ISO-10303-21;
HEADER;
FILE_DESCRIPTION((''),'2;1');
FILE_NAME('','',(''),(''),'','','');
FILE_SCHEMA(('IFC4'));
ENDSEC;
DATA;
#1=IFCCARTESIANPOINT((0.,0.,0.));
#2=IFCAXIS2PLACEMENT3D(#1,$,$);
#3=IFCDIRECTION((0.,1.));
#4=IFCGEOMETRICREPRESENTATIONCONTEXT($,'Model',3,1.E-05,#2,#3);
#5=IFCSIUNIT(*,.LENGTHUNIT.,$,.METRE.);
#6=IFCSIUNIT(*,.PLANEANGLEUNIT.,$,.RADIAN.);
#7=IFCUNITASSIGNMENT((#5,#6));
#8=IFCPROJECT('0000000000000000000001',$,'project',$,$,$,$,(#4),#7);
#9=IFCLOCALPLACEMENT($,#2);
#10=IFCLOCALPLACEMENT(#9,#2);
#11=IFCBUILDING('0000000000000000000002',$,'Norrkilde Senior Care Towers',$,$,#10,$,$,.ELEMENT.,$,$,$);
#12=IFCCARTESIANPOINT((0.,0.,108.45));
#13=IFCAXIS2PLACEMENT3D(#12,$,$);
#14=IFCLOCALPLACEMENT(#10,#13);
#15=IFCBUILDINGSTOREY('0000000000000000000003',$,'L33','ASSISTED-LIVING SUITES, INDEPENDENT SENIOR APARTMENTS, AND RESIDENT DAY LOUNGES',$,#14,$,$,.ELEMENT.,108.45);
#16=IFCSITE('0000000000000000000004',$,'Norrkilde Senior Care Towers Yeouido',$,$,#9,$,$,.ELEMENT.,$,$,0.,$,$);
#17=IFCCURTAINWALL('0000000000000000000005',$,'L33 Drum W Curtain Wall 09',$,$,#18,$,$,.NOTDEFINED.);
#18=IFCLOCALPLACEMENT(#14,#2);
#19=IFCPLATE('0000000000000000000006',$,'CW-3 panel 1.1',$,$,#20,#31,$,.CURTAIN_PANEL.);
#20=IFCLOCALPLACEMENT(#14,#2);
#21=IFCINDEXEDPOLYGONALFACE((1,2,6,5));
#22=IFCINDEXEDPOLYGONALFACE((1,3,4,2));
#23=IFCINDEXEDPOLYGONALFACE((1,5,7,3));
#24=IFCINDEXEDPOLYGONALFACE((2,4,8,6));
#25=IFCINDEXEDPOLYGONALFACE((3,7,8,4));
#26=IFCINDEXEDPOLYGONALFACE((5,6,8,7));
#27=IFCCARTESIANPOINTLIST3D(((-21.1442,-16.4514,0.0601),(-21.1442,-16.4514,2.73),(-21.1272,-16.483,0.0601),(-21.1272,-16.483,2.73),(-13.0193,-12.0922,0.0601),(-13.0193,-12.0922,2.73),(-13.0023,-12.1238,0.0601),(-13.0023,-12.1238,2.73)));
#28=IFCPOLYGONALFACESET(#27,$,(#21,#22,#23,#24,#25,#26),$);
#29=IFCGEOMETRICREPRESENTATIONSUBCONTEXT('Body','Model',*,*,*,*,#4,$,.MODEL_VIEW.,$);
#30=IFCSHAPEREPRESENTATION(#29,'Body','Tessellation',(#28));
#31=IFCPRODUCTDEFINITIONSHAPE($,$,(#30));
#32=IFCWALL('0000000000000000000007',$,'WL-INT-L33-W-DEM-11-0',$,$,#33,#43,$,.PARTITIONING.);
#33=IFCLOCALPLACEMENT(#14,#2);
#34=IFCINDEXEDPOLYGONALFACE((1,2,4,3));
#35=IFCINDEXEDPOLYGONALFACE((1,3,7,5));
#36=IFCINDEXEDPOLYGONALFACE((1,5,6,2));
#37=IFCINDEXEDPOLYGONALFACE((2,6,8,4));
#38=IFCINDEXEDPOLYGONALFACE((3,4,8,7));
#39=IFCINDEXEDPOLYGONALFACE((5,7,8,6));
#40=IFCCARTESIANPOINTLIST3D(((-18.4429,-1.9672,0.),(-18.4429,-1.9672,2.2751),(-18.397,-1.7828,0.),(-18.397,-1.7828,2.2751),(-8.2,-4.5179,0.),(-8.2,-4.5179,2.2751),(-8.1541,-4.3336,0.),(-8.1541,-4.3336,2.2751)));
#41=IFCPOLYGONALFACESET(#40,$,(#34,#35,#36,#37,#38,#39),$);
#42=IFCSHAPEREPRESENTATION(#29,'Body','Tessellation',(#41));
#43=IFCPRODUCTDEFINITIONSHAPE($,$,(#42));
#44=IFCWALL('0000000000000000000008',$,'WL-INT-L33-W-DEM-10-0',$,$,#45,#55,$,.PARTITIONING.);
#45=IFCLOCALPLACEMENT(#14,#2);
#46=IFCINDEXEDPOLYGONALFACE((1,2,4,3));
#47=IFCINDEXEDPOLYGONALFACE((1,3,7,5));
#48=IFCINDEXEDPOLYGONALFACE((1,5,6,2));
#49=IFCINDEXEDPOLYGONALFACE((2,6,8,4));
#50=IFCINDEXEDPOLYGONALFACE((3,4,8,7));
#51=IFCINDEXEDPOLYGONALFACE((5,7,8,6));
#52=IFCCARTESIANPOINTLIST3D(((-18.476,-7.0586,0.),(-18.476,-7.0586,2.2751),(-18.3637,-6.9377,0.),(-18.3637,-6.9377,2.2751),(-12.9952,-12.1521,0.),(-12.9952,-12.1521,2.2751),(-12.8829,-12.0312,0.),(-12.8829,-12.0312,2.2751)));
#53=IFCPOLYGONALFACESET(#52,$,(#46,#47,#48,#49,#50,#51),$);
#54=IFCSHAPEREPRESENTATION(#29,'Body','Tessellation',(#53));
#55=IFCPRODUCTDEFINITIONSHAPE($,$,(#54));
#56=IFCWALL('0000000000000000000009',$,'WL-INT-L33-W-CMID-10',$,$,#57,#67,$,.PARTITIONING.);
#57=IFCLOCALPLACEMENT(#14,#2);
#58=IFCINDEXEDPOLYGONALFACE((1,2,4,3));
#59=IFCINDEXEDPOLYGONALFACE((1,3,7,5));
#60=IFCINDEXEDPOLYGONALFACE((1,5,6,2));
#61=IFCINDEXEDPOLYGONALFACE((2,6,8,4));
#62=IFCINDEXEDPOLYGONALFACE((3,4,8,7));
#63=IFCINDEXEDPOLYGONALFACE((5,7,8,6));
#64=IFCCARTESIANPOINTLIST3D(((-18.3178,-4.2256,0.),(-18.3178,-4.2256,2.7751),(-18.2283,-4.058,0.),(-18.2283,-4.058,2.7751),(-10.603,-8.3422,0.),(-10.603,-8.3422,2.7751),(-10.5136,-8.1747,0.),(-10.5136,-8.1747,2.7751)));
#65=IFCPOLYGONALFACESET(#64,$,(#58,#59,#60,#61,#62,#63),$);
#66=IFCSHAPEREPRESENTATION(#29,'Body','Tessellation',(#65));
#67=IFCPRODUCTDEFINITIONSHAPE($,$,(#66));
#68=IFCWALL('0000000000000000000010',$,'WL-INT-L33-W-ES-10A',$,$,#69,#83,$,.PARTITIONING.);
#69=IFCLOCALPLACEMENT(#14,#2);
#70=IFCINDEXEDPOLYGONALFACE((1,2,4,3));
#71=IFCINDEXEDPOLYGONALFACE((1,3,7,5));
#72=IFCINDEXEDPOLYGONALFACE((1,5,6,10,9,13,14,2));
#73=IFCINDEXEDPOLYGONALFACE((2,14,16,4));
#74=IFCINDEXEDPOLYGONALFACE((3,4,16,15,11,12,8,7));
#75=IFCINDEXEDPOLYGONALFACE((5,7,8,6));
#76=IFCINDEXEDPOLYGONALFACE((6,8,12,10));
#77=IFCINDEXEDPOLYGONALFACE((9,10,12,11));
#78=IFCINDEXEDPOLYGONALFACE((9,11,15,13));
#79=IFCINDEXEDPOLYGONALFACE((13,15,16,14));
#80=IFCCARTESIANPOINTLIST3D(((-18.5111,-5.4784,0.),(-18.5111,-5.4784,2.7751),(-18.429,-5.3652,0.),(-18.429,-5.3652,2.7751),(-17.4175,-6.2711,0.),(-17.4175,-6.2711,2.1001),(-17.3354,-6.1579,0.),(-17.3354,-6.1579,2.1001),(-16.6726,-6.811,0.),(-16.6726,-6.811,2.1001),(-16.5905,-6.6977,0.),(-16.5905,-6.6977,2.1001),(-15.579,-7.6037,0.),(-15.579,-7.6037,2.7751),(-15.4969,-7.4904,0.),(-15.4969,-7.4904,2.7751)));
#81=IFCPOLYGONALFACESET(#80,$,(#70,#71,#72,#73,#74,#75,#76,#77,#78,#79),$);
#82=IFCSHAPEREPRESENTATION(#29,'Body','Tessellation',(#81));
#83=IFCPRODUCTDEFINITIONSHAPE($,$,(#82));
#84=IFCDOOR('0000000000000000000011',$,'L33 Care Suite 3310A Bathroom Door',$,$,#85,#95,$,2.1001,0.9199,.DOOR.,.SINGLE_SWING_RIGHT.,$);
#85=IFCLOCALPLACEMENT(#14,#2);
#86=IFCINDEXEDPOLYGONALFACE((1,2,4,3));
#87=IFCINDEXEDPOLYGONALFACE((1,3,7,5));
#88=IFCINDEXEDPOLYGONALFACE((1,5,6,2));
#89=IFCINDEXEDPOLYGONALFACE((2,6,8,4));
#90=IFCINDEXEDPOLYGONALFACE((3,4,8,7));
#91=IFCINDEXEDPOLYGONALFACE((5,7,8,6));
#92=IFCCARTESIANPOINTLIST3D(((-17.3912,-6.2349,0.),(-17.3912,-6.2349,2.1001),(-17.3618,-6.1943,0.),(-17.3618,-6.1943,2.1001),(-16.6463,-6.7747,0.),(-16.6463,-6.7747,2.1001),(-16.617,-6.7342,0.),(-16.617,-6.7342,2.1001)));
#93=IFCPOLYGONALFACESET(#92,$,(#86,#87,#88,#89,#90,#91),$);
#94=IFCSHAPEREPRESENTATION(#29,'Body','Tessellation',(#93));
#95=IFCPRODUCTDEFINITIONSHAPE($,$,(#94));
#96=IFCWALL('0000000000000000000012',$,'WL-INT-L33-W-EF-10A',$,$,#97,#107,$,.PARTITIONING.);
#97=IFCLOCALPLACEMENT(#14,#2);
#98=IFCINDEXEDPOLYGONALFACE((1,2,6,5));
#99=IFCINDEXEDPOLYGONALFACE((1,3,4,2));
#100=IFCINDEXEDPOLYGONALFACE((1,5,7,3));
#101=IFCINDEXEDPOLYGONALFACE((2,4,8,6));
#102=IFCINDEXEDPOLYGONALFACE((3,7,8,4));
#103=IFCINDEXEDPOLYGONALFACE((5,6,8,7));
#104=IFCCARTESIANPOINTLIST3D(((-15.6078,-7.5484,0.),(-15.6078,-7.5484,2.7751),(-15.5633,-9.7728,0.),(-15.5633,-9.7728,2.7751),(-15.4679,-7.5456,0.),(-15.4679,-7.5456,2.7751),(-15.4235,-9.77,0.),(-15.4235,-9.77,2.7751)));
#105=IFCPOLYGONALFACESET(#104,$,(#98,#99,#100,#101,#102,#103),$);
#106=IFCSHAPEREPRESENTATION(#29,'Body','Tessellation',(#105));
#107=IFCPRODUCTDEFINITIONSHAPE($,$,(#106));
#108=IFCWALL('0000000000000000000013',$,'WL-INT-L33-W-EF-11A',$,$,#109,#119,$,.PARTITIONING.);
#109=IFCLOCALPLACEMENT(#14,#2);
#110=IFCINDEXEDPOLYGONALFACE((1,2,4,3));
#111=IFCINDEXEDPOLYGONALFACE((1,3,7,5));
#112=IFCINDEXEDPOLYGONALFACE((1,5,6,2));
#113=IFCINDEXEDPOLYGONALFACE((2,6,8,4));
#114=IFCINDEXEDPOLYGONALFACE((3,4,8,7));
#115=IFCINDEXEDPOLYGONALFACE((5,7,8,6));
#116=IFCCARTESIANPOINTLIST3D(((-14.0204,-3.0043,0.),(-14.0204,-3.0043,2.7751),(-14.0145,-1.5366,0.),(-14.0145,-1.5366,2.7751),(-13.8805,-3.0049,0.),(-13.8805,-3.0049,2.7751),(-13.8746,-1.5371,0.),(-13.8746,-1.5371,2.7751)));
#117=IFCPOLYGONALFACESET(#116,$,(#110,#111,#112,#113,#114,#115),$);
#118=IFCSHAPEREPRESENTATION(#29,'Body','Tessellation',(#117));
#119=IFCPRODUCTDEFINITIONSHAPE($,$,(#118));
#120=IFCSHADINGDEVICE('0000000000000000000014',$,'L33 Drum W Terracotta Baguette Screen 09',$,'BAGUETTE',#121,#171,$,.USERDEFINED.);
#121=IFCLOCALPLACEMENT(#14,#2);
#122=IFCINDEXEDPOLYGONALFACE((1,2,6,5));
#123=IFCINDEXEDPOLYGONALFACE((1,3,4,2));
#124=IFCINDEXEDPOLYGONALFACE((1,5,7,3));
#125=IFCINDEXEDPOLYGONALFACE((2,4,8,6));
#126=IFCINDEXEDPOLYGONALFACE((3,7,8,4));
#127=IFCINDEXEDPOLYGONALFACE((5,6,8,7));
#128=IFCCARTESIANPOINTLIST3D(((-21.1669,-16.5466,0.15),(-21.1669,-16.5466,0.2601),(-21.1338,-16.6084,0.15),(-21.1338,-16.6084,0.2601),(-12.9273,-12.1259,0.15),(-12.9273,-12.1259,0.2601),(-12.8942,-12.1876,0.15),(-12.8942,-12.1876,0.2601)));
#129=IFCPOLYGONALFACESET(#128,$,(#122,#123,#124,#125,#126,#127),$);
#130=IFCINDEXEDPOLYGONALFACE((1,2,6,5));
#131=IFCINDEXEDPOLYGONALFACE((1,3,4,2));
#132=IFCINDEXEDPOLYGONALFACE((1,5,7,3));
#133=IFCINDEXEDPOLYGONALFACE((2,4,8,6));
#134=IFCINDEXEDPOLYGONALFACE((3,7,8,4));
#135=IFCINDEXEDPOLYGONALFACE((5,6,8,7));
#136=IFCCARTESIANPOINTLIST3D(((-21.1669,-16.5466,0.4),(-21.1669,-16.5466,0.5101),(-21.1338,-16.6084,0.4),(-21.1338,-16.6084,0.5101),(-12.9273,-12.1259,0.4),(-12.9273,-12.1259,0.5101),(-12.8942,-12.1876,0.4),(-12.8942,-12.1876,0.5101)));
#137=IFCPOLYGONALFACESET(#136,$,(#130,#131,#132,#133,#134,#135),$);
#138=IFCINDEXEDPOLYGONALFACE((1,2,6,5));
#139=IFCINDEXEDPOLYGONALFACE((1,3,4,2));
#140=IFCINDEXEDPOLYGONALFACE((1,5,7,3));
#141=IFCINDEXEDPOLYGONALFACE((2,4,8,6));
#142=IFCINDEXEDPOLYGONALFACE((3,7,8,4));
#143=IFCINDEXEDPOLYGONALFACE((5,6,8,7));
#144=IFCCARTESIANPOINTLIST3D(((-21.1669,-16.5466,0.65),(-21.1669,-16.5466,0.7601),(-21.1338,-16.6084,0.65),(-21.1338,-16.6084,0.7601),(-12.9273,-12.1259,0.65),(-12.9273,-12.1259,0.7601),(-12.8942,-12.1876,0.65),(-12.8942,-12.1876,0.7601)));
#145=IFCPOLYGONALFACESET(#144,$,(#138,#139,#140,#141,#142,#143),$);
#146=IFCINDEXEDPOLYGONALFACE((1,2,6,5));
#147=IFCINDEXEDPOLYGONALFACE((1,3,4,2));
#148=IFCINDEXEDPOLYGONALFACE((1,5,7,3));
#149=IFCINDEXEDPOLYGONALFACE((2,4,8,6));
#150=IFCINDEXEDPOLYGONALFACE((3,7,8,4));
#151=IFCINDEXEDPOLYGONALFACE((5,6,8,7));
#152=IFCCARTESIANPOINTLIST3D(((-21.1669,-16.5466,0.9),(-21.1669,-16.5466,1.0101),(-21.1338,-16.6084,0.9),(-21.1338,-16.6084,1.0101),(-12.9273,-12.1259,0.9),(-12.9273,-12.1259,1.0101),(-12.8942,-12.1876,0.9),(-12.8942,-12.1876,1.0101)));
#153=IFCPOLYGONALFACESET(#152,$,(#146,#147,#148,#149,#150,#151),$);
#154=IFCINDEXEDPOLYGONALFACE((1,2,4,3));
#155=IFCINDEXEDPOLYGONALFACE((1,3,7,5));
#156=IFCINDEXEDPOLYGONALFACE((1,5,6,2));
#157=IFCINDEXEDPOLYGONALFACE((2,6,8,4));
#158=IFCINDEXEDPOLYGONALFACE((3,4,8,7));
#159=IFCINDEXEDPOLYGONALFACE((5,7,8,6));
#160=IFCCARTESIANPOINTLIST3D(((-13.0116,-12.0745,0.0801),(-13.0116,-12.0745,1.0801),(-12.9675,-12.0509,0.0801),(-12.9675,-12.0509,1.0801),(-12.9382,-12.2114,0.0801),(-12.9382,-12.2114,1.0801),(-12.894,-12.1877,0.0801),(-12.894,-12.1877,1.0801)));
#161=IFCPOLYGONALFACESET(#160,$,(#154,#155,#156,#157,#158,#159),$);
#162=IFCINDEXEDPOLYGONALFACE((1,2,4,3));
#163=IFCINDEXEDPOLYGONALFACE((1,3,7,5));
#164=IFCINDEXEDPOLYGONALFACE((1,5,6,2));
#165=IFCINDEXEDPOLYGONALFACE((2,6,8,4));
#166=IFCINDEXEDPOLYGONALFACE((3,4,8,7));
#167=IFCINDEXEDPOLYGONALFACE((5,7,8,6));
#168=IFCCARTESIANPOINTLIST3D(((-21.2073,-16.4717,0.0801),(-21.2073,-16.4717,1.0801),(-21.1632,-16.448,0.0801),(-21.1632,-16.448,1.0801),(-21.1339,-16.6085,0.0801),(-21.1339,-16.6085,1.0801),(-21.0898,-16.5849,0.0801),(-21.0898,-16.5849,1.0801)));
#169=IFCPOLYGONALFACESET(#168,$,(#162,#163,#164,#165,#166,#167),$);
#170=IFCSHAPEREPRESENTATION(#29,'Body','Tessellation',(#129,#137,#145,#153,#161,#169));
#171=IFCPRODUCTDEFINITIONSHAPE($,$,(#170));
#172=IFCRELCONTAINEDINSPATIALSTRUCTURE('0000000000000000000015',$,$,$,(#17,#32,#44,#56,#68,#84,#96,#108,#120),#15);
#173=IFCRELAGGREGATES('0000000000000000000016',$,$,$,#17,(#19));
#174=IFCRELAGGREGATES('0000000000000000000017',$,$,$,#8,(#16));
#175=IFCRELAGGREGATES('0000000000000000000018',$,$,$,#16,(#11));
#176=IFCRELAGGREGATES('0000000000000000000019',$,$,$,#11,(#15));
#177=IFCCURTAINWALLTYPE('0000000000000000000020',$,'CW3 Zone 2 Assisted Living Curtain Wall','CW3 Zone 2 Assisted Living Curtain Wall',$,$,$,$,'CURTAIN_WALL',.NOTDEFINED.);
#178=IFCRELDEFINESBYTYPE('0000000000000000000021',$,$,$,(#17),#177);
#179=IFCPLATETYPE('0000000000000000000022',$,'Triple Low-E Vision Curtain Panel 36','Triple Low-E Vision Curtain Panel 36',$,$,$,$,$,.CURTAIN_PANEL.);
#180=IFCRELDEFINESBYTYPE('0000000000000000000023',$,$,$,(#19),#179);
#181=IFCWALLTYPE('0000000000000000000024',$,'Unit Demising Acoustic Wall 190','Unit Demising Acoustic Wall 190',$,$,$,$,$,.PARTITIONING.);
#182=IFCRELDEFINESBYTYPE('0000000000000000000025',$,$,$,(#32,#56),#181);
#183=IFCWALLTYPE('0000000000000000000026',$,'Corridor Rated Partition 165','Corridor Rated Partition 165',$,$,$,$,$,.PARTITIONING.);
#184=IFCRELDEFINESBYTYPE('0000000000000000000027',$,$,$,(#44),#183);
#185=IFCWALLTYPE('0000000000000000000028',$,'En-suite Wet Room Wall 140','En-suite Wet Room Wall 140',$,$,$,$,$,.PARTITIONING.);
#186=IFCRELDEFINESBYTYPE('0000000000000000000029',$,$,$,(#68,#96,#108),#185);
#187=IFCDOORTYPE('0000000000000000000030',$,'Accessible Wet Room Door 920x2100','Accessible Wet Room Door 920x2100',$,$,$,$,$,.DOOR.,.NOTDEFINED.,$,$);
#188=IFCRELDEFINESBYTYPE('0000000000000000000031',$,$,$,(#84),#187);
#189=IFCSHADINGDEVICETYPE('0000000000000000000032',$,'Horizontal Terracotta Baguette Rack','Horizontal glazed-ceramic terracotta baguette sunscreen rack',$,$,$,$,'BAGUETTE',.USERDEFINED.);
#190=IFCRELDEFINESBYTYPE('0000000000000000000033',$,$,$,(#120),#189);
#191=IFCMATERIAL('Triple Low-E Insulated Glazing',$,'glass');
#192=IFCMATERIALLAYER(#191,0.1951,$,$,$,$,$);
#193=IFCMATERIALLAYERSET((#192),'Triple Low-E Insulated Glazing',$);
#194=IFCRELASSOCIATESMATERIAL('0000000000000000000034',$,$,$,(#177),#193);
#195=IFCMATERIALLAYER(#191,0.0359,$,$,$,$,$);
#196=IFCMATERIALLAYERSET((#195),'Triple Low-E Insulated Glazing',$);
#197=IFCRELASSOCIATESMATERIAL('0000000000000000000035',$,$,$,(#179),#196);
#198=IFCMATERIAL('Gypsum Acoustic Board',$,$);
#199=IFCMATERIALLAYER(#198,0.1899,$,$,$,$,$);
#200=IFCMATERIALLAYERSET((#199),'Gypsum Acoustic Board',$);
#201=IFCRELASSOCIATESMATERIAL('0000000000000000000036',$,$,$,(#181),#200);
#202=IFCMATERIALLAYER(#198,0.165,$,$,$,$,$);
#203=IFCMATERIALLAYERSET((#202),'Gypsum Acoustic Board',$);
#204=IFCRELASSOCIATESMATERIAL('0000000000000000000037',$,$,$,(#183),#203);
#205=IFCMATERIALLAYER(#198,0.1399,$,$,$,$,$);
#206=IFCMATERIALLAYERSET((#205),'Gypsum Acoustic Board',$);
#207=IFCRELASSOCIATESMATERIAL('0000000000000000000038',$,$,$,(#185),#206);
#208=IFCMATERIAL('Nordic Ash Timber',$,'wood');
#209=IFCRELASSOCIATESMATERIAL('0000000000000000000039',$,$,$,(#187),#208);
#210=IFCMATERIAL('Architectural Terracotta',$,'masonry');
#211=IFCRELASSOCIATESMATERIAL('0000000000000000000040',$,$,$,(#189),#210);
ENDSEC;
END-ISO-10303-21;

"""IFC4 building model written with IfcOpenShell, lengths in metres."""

from ifc_helpers import new_model, si_unit, direction, frame, frame_2d, origin, origin_2d, place, context, subcontext, project, spatial, rectangle, extrude, source, transform, mapped, material, layer, layer_set, type_object, type_shapes, element, fill, aggregate, save


model = new_model("IFC4")

# Units and contexts
model_context = context("Model", 3, precision=1e-05, world=origin(), true_north=direction((0.0, 1.0)))
body_context = subcontext(model_context, "Body", "Model", "MODEL_VIEW")
ifc_project = project(units=[si_unit("LENGTHUNIT", "METRE"), si_unit("PLANEANGLEUNIT", "RADIAN")], contexts=[model_context])

# Site, building, storey
site_placement = place(None, origin())
site = spatial("IfcSite", under=ifc_project, at=site_placement, Name="Norrkilde Senior Care Towers Yeouido", CompositionType="ELEMENT", RefElevation=0.0)
building_placement = place(site_placement, origin())
building = spatial("IfcBuilding", under=site, at=building_placement, Name="Norrkilde Senior Care Towers", CompositionType="ELEMENT")
storey_placement = place(building_placement, frame((0.0, 0.0, 108.45)))
storey = spatial("IfcBuildingStorey", under=building, at=storey_placement, Name="L33", Description="ASSISTED-LIVING SUITES, INDEPENDENT SENIOR APARTMENTS, AND RESIDENT DAY LOUNGES", CompositionType="ELEMENT", Elevation=108.45)

# Curtain wall
ifc_material_1 = material(Name="Triple Low-E Insulated Glazing", Category="glass")
ifc_layer_1 = layer(ifc_material_1, 0.1951)
ifc_layer_set_1 = layer_set([ifc_layer_1], Name="Triple Low-E Insulated Glazing")
curtain_wall_type = type_object("IfcCurtainWallType", Name="CW3 Zone 2 Assisted Living Curtain Wall", Description="CW3 Zone 2 Assisted Living Curtain Wall", ElementType="CURTAIN_WALL", PredefinedType="NOTDEFINED", material=ifc_layer_set_1)
curtain_wall_1_placement = place(storey_placement, origin())
curtain_wall_1 = element("IfcCurtainWall", 1, at=curtain_wall_1_placement, inside=storey, type_object=curtain_wall_type, Name="L33 Drum W Curtain Wall 09", PredefinedType="NOTDEFINED")

# Plate
ifc_layer_2 = layer(ifc_material_1, 0.0359)
ifc_layer_set_2 = layer_set([ifc_layer_2], Name="Triple Low-E Insulated Glazing")
plate_type = type_object("IfcPlateType", Name="Triple Low-E Vision Curtain Panel 36", Description="Triple Low-E Vision Curtain Panel 36", PredefinedType="CURTAIN_PANEL", material=ifc_layer_set_2)
shared_shape_1 = source(origin(), body_context, "Body", "SweptSolid", [
    extrude(rectangle(XDim=9.2205, YDim=0.0359, at=origin_2d()), origin(), (0.0, 0.0, 1.0), 2.6699),
])
plate_1_placement = place(storey_placement, frame((-17.0732, -14.2876, 0.0601), z_axis=(0.0, 0.0, 1.0), x_axis=(-0.881186, -0.472769, 0.0)))
plate_1 = element("IfcPlate", 2, at=plate_1_placement, type_object=plate_type, Name="CW-3 panel 1.1", PredefinedType="CURTAIN_PANEL", context=body_context, shape_type="MappedRepresentation", body=[
    mapped(shared_shape_1, transform((0.0, 0.0, 0.0), x_axis=(1.0, 0.0, 0.0), y_axis=(0.0, 1.0, 0.0), z_axis=(0.0, 0.0, 1.0), scale=1.0)),
])
aggregate(curtain_wall_1, [plate_1])

# Walls
ifc_material_2 = material(Name="Gypsum Acoustic Board")
ifc_layer_3 = layer(ifc_material_2, 0.1899)
ifc_layer_set_3 = layer_set([ifc_layer_3], Name="Gypsum Acoustic Board")
wall_type_1 = type_object("IfcWallType", Name="Unit Demising Acoustic Wall 190", Description="Unit Demising Acoustic Wall 190", PredefinedType="PARTITIONING", material=ifc_layer_set_3)
shared_shape_2 = source(origin(), body_context, "Body", "SweptSolid", [
    extrude(rectangle(XDim=10.5557, YDim=0.1899, at=frame_2d((5.2778, 0.0))), origin(), (0.0, 0.0, 1.0), 2.2751),
])
wall_1_placement = place(storey_placement, frame((-18.4199, -1.875, 0.0), z_axis=(0.0, 0.0, 1.0), x_axis=(0.970364, -0.241648, 0.0)))
element("IfcWall", 3, at=wall_1_placement, inside=storey, type_object=wall_type_1, Name="WL-INT-L33-W-DEM-11-0", PredefinedType="PARTITIONING", context=body_context, shape_type="MappedRepresentation", body=[
    mapped(shared_shape_2, transform((0.0, 0.0, 0.0), x_axis=(1.0, 0.0, 0.0), y_axis=(0.0, 1.0, 0.0), z_axis=(0.0, 0.0, 1.0), scale=1.0)),
])
ifc_layer_4 = layer(ifc_material_2, 0.165)
ifc_layer_set_4 = layer_set([ifc_layer_4], Name="Gypsum Acoustic Board")
wall_type_2 = type_object("IfcWallType", Name="Corridor Rated Partition 165", Description="Corridor Rated Partition 165", PredefinedType="PARTITIONING", material=ifc_layer_set_4)
shared_shape_3 = source(origin(), body_context, "Body", "SweptSolid", [
    extrude(rectangle(XDim=7.4822, YDim=0.165, at=frame_2d((3.7412, 0.0))), origin(), (0.0, 0.0, 1.0), 2.2751),
])
type_shapes(wall_type_2, [shared_shape_3])
wall_2_placement = place(storey_placement, frame((-18.4199, -6.998, 0.0), z_axis=(0.0, 0.0, 1.0), x_axis=(0.732509, -0.680758, 0.0)))
element("IfcWall", 4, at=wall_2_placement, inside=storey, type_object=wall_type_2, Name="WL-INT-L33-W-DEM-10-0", PredefinedType="PARTITIONING", context=body_context, shape_type="MappedRepresentation", body=[
    mapped(shared_shape_3, transform((0.0, 0.0, 0.0), x_axis=(1.0, 0.0, 0.0), y_axis=(0.0, 1.0, 0.0), z_axis=(0.0, 0.0, 1.0), scale=1.0)),
])
shared_shape_4 = source(origin(), body_context, "Body", "SweptSolid", [
    extrude(rectangle(XDim=8.7444, YDim=0.1899, at=frame_2d((4.3721, 0.0))), origin(), (0.0, 0.0, 1.0), 2.7751),
])
type_shapes(wall_type_1, [shared_shape_2, shared_shape_4])
wall_3_placement = place(storey_placement, frame((-18.2729, -4.1418, 0.0), z_axis=(0.0, 0.0, 1.0), x_axis=(0.882252, -0.470777, 0.0)))
element("IfcWall", 5, at=wall_3_placement, inside=storey, type_object=wall_type_1, Name="WL-INT-L33-W-CMID-10", PredefinedType="PARTITIONING", context=body_context, shape_type="MappedRepresentation", body=[
    mapped(shared_shape_4, transform((0.0, 0.0, 0.0), x_axis=(1.0, 0.0, 0.0), y_axis=(0.0, 1.0, 0.0), z_axis=(0.0, 0.0, 1.0), scale=1.0)),
])

# Wall, opening, door
ifc_layer_5 = layer(ifc_material_2, 0.1399)
ifc_layer_set_5 = layer_set([ifc_layer_5], Name="Gypsum Acoustic Board")
wall_type_3 = type_object("IfcWallType", Name="En-suite Wet Room Wall 140", Description="En-suite Wet Room Wall 140", PredefinedType="PARTITIONING", material=ifc_layer_set_5)
shared_shape_5 = source(origin(), body_context, "Body", "SweptSolid", [
    extrude(rectangle(XDim=3.6213, YDim=0.1399, at=frame_2d((1.8105, 0.0))), origin(), (0.0, 0.0, 1.0), 2.7751),
])
wall_4_placement = place(storey_placement, frame((-18.47, -5.4219, 0.0), z_axis=(0.0, 0.0, 1.0), x_axis=(0.809683, -0.586868, 0.0)))
wall_4 = element("IfcWall", 6, at=wall_4_placement, inside=storey, type_object=wall_type_3, Name="WL-INT-L33-W-ES-10A", PredefinedType="PARTITIONING", context=body_context, shape_type="MappedRepresentation", body=[
    mapped(shared_shape_5, transform((0.0, 0.0, 0.0), x_axis=(1.0, 0.0, 0.0), y_axis=(0.0, 1.0, 0.0), z_axis=(0.0, 0.0, 1.0), scale=1.0)),
])
opening_placement = place(wall_4_placement, frame((1.3506, 0.0, 0.0)))
opening = element("IfcOpeningElement", 7, at=opening_placement, cuts=wall_4, PredefinedType="OPENING", context=body_context, shape_type="SweptSolid", body=[
    extrude(rectangle(XDim=0.9199, YDim=2.1001, at=frame_2d((0.46, 1.05))), frame((0.0, 0.0798, 0.0), z_axis=(0.0, -1.0, 0.0), x_axis=(1.0, 0.0, 0.0)), (0.0, 0.0, 1.0), 0.1599),
])
ifc_material_3 = material(Name="Nordic Ash Timber", Category="wood")
door_type = type_object("IfcDoorType", Name="Accessible Wet Room Door 920x2100", Description="Accessible Wet Room Door 920x2100", OperationType="NOTDEFINED", PredefinedType="DOOR", material=ifc_material_3)
shared_shape_6 = source(origin(), body_context, "Body", "SweptSolid", [
    extrude(rectangle(XDim=0.9199, YDim=2.1001, at=frame_2d((0.46, 1.05))), frame((0.0, 0.0249, 0.0), z_axis=(0.0, -1.0, 0.0), x_axis=(1.0, 0.0, 0.0)), (0.0, 0.0, 1.0), 0.05),
])
type_shapes(door_type, [shared_shape_6])
door_placement = place(opening_placement, origin())
door = element("IfcDoor", 8, at=door_placement, inside=storey, type_object=door_type, Name="L33 Care Suite 3310A Bathroom Door", OperationType="SINGLE_SWING_RIGHT", OverallHeight=2.1001, OverallWidth=0.9199, PredefinedType="DOOR", context=body_context, shape_type="MappedRepresentation", body=[
    mapped(shared_shape_6, transform((0.0, 0.0, 0.0), x_axis=(1.0, 0.0, 0.0), y_axis=(0.0, 1.0, 0.0), z_axis=(0.0, 0.0, 1.0), scale=1.0)),
])
fill(opening, door)

# Walls
shared_shape_7 = source(origin(), body_context, "Body", "SweptSolid", [
    extrude(rectangle(XDim=2.2249, YDim=0.1399, at=frame_2d((1.1123, 0.0))), origin(), (0.0, 0.0, 1.0), 2.7751),
])
wall_5_placement = place(storey_placement, frame((-15.5378, -7.5471, 0.0), z_axis=(0.0, 0.0, 1.0), x_axis=(0.019972, -0.999801, 0.0)))
element("IfcWall", 9, at=wall_5_placement, inside=storey, type_object=wall_type_3, Name="WL-INT-L33-W-EF-10A", PredefinedType="PARTITIONING", context=body_context, shape_type="MappedRepresentation", body=[
    mapped(shared_shape_7, transform((0.0, 0.0, 0.0), x_axis=(1.0, 0.0, 0.0), y_axis=(0.0, 1.0, 0.0), z_axis=(0.0, 0.0, 1.0), scale=1.0)),
])
shared_shape_8 = source(origin(), body_context, "Body", "SweptSolid", [
    extrude(rectangle(XDim=1.4678, YDim=0.1399, at=frame_2d((0.7339, 0.0))), origin(), (0.0, 0.0, 1.0), 2.7751),
])
type_shapes(wall_type_3, [shared_shape_5, shared_shape_7, shared_shape_8])
wall_6_placement = place(storey_placement, frame((-13.9446, -1.5369, 0.0), z_axis=(0.0, 0.0, 1.0), x_axis=(-0.003992, -0.999992, 0.0)))
element("IfcWall", 10, at=wall_6_placement, inside=storey, type_object=wall_type_3, Name="WL-INT-L33-W-EF-11A", PredefinedType="PARTITIONING", context=body_context, shape_type="MappedRepresentation", body=[
    mapped(shared_shape_8, transform((0.0, 0.0, 0.0), x_axis=(1.0, 0.0, 0.0), y_axis=(0.0, 1.0, 0.0), z_axis=(0.0, 0.0, 1.0), scale=1.0)),
])

# Shading device
ifc_material_4 = material(Name="Architectural Terracotta", Category="masonry")
shading_device_type = type_object("IfcShadingDeviceType", Name="Horizontal Terracotta Baguette Rack", Description="Horizontal glazed-ceramic terracotta baguette sunscreen rack", ElementType="BAGUETTE", PredefinedType="USERDEFINED", material=ifc_material_4)
shared_shape_9 = source(origin(), body_context, "Body", "SweptSolid", [
    extrude(rectangle(XDim=0.0701, YDim=0.1101, at=origin_2d()), frame((0.0, 0.0901, 0.125), z_axis=(1.0, 0.0, 0.0), x_axis=(0.0, 1.0, 0.0)), (0.0, 0.0, 1.0), 9.3506),
    extrude(rectangle(XDim=0.0701, YDim=0.1101, at=origin_2d()), frame((0.0, 0.0901, 0.375), z_axis=(1.0, 0.0, 0.0), x_axis=(0.0, 1.0, 0.0)), (0.0, 0.0, 1.0), 9.3506),
    extrude(rectangle(XDim=0.0701, YDim=0.1101, at=origin_2d()), frame((0.0, 0.0901, 0.625), z_axis=(1.0, 0.0, 0.0), x_axis=(0.0, 1.0, 0.0)), (0.0, 0.0, 1.0), 9.3506),
    extrude(rectangle(XDim=0.0701, YDim=0.1101, at=origin_2d()), frame((0.0, 0.0901, 0.875), z_axis=(1.0, 0.0, 0.0), x_axis=(0.0, 1.0, 0.0)), (0.0, 0.0, 1.0), 9.3506),
    extrude(rectangle(XDim=0.05, YDim=0.1553, at=origin_2d()), frame((0.0249, 0.0476, 0.0)), (0.0, 0.0, 1.0), 1.0),
    extrude(rectangle(XDim=0.05, YDim=0.1553, at=origin_2d()), frame((9.3257, 0.0476, 0.0)), (0.0, 0.0, 1.0), 1.0),
])
type_shapes(shading_device_type, [shared_shape_9])
shading_device_placement = place(storey_placement, frame((-12.9534, -12.0774, 0.0801), z_axis=(0.0, 0.0, 1.0), x_axis=(-0.881175, -0.472768, 0.0)))
element("IfcShadingDevice", 11, at=shading_device_placement, inside=storey, type_object=shading_device_type, Name="L33 Drum W Terracotta Baguette Screen 09", ObjectType="BAGUETTE", PredefinedType="USERDEFINED", context=body_context, shape_type="MappedRepresentation", body=[
    mapped(shared_shape_9, transform((0.0, 0.0, 0.0), x_axis=(1.0, 0.0, 0.0), y_axis=(0.0, 1.0, 0.0), z_axis=(0.0, 0.0, 1.0), scale=1.0)),
])

save(model, "model.ifc")
